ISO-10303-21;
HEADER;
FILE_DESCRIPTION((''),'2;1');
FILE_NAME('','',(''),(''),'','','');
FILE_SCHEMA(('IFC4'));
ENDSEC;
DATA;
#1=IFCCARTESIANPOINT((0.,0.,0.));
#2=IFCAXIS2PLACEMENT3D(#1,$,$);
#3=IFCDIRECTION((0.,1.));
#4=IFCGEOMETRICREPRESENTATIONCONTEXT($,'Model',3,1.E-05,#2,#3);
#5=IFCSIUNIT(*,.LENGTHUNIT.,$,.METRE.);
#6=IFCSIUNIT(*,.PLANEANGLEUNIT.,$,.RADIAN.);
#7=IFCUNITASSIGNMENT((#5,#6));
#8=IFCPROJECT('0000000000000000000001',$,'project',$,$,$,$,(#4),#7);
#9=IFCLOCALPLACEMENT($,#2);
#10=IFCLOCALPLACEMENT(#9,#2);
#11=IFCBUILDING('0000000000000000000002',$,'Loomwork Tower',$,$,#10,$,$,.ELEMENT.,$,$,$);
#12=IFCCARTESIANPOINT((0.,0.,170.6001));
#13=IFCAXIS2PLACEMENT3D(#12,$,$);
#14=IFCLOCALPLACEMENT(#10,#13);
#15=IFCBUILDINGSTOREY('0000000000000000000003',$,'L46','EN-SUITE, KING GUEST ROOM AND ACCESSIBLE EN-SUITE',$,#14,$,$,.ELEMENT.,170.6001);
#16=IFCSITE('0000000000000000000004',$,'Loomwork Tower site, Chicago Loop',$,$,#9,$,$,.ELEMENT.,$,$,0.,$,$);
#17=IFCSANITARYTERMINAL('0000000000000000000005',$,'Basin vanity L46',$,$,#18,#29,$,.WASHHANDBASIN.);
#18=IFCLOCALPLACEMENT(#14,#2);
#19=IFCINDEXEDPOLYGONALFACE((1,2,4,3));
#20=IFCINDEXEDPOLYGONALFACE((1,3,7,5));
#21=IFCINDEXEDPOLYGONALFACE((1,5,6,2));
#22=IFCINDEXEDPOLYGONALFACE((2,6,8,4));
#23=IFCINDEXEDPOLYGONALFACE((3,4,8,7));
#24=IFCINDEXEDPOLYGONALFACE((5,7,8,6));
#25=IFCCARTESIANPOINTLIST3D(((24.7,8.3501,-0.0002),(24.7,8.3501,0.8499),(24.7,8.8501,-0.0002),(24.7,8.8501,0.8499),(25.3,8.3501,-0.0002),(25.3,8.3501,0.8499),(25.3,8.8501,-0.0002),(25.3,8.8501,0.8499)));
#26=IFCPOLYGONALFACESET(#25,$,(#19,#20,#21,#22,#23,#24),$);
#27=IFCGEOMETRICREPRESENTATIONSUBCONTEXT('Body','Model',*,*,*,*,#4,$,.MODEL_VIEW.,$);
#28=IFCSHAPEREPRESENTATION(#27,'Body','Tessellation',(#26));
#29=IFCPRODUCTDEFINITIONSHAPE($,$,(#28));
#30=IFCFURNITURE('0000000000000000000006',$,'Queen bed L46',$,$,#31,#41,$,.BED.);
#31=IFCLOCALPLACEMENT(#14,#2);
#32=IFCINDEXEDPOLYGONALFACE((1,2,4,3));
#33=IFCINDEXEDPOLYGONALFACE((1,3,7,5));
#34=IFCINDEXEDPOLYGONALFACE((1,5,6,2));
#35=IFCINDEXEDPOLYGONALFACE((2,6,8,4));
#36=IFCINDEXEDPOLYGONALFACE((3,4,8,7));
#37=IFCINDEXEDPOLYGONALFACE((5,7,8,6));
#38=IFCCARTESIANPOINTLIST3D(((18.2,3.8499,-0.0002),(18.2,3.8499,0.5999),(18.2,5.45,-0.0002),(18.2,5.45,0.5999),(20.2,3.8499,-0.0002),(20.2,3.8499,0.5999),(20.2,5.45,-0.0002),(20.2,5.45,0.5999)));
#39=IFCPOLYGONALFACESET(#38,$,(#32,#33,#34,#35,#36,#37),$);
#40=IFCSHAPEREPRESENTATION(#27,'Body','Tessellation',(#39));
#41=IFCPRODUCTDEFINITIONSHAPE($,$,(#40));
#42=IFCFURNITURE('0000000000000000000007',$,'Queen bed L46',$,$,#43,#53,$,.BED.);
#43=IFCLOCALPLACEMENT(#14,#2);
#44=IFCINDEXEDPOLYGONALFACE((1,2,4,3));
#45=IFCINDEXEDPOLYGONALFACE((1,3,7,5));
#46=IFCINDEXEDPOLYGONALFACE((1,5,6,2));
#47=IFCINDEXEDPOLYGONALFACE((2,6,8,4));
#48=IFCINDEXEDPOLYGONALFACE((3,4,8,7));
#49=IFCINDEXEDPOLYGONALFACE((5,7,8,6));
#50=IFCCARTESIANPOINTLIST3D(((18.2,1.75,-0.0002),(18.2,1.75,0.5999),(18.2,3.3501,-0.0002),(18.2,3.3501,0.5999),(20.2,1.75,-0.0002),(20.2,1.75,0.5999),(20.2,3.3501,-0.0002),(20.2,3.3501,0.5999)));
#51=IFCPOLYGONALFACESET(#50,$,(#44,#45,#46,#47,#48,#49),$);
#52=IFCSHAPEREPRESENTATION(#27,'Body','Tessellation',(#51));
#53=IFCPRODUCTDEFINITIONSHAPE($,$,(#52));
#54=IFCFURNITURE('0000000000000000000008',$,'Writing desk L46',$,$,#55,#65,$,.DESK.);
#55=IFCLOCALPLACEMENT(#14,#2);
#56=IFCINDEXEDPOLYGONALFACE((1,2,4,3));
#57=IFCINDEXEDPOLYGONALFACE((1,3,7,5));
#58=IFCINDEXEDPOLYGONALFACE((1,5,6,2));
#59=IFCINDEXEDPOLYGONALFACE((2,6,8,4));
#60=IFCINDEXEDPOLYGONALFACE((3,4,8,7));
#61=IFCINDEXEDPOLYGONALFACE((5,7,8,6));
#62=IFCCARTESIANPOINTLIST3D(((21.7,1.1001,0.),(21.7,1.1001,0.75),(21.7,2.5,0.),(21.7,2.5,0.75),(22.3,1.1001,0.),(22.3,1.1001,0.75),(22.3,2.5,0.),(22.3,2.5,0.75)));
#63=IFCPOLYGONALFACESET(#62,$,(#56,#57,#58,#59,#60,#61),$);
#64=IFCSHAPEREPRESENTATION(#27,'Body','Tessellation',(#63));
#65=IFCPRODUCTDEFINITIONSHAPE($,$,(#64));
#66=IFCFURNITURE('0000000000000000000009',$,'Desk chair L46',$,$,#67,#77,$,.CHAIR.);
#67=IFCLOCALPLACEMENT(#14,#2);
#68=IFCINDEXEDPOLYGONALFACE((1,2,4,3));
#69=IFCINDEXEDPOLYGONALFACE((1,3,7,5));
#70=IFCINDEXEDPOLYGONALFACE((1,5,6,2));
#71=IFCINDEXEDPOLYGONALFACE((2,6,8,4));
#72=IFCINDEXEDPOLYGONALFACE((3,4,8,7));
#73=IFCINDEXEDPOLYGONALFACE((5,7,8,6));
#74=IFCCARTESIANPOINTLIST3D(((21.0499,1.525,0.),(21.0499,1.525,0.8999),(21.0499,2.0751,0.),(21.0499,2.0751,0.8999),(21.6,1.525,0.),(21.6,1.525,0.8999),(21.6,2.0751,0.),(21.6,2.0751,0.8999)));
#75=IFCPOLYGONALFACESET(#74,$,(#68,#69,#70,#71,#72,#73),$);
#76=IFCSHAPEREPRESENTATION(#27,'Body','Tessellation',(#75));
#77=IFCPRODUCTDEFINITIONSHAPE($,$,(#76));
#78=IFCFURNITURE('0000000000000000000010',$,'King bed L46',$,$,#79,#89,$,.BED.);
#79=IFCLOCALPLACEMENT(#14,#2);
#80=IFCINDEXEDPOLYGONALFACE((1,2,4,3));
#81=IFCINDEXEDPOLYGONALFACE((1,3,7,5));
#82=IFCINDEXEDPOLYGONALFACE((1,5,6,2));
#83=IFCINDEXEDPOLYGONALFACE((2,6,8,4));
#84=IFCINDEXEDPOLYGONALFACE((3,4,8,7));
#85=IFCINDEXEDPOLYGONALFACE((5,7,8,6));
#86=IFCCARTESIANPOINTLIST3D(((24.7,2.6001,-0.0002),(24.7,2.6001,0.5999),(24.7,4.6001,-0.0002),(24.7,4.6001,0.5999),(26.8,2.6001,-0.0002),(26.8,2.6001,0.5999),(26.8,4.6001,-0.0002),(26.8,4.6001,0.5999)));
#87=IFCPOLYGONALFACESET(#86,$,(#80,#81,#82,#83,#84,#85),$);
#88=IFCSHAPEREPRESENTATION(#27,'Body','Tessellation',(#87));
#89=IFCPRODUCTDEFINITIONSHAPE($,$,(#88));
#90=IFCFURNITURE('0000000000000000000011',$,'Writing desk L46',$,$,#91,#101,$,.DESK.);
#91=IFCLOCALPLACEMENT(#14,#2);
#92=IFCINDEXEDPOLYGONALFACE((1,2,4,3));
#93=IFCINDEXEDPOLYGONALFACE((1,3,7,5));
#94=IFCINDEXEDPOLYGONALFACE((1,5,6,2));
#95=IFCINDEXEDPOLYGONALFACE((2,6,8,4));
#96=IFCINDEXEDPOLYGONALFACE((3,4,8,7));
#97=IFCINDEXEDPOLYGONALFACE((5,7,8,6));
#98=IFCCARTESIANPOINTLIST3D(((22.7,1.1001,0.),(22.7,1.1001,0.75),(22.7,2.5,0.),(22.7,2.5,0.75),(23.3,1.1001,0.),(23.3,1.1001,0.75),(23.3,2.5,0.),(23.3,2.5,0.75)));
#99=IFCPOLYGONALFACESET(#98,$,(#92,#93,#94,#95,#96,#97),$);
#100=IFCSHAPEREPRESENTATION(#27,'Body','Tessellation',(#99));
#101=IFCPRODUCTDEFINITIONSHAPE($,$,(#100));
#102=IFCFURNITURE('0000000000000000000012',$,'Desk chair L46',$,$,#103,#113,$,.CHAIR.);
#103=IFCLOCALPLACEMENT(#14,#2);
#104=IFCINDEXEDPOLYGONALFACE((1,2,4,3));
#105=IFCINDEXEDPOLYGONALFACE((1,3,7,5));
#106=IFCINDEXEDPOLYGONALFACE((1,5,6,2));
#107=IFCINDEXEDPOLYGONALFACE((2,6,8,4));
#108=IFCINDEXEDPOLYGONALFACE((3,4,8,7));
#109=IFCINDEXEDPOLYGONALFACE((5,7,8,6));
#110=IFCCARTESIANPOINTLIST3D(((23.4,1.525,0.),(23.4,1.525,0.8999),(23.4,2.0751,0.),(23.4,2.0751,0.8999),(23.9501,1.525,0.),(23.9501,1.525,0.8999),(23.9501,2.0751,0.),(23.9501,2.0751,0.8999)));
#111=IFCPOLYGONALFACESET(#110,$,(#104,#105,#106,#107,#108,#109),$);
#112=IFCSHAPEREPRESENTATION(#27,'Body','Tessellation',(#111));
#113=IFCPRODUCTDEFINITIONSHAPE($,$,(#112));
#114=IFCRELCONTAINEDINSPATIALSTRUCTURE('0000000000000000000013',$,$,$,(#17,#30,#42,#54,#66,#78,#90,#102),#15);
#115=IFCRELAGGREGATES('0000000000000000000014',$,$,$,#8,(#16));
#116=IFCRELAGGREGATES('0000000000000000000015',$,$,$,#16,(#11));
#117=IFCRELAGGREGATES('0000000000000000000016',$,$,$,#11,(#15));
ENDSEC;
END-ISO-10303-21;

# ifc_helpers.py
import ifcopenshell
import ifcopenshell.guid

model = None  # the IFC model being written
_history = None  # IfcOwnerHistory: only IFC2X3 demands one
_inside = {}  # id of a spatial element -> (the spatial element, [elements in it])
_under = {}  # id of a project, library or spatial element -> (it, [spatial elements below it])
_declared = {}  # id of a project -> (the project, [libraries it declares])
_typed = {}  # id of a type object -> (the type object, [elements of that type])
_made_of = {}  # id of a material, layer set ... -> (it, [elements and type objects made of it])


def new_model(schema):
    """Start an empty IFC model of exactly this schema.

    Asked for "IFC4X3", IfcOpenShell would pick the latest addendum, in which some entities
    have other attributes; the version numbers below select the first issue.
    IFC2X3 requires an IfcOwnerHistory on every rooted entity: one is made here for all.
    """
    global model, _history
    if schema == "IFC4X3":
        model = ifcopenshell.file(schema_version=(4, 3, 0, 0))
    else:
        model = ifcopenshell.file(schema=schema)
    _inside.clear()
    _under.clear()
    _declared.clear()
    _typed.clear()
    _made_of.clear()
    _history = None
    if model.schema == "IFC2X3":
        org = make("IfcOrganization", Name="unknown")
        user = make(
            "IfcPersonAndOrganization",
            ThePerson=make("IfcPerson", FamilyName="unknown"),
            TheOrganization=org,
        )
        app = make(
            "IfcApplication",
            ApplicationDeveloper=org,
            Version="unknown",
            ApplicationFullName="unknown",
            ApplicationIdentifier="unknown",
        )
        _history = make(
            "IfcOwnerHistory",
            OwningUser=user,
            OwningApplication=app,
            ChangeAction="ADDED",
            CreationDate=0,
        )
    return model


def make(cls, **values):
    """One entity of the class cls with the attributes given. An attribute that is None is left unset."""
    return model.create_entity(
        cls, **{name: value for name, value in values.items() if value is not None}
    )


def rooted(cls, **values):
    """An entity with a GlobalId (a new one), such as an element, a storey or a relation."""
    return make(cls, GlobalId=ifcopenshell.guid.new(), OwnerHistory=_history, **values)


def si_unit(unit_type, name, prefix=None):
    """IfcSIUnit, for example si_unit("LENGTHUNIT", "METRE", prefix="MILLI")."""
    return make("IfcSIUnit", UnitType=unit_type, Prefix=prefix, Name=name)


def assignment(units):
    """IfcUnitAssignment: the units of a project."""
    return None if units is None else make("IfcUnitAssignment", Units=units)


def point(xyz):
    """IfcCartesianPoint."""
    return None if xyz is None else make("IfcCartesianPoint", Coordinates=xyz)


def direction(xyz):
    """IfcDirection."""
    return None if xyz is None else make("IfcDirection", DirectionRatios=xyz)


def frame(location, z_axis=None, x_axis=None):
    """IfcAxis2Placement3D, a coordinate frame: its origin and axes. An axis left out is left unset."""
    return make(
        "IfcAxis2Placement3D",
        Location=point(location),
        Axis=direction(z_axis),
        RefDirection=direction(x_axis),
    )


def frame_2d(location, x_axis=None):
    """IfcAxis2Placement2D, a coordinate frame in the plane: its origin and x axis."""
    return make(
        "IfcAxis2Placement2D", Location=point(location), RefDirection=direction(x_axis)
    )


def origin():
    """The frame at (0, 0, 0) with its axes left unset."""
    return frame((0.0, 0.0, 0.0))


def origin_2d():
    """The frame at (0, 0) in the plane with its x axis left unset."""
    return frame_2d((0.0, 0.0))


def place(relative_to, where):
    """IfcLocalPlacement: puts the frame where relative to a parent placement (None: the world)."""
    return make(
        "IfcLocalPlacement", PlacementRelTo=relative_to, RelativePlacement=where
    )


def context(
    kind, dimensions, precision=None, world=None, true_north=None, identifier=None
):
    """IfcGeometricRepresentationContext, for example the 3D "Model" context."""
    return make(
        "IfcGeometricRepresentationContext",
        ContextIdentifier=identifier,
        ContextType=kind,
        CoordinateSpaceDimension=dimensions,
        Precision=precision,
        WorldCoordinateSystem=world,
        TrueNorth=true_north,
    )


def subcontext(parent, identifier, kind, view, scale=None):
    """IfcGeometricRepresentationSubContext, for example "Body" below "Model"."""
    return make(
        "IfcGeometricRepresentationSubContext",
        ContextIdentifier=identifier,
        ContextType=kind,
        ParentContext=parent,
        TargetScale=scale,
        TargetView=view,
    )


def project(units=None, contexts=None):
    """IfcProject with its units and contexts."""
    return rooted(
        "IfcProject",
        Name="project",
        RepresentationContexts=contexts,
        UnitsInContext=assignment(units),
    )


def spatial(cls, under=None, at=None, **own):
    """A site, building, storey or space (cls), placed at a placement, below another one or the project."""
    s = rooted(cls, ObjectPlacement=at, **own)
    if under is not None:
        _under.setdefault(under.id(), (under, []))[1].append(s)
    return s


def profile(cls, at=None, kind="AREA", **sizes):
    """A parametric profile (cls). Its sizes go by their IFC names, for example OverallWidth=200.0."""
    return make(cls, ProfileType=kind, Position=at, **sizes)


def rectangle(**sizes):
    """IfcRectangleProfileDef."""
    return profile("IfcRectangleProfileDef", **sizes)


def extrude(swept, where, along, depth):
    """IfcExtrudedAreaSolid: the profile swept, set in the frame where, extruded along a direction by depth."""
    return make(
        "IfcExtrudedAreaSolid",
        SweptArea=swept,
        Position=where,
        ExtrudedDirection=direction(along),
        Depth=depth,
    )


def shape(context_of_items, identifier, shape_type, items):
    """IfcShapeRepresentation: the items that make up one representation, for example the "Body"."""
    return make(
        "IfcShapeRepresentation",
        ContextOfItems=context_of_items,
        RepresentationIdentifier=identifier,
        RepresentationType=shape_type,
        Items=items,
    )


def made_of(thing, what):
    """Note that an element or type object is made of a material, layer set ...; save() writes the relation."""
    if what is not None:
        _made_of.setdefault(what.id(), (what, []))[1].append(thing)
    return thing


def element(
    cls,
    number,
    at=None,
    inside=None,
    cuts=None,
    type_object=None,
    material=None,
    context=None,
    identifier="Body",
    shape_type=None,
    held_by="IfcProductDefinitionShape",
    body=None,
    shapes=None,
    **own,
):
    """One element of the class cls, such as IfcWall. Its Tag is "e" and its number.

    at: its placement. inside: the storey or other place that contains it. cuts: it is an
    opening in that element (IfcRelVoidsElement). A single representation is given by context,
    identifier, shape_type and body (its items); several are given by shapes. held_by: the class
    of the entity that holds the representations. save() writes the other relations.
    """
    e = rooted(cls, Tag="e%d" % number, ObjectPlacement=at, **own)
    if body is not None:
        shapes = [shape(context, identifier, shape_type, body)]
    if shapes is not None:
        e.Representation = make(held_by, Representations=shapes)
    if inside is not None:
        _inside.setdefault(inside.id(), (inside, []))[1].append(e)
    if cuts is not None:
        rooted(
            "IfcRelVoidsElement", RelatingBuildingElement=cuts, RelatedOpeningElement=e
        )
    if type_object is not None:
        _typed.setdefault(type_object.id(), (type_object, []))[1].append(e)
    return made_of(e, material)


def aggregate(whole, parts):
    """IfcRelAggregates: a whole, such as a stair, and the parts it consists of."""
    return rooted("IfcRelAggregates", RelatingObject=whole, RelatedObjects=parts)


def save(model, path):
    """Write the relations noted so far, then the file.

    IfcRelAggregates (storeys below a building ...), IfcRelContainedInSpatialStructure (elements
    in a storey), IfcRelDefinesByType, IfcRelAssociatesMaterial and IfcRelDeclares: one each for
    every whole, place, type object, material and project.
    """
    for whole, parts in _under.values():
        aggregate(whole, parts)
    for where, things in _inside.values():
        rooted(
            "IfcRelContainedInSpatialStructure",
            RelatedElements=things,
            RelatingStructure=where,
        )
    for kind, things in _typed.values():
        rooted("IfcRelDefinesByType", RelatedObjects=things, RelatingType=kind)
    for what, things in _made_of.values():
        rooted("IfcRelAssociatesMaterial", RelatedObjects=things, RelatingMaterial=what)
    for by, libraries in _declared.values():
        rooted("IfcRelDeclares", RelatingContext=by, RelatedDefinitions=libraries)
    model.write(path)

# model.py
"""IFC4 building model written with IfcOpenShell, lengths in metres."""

from ifc_helpers import new_model, si_unit, direction, frame, origin, origin_2d, place, context, subcontext, project, spatial, rectangle, extrude, element, save


model = new_model("IFC4")

# Units and contexts
model_context = context("Model", 3, precision=1e-05, world=origin(), true_north=direction((0.0, 1.0)))
body_context = subcontext(model_context, "Body", "Model", "MODEL_VIEW")
ifc_project = project(units=[si_unit("LENGTHUNIT", "METRE"), si_unit("PLANEANGLEUNIT", "RADIAN")], contexts=[model_context])

# Site, building, storey
site_placement = place(None, origin())
site = spatial("IfcSite", under=ifc_project, at=site_placement, Name="Loomwork Tower site, Chicago Loop", CompositionType="ELEMENT", RefElevation=0.0)
building_placement = place(site_placement, origin())
building = spatial("IfcBuilding", under=site, at=building_placement, Name="Loomwork Tower", CompositionType="ELEMENT")
storey_placement = place(building_placement, frame((0.0, 0.0, 170.6001)))
storey = spatial("IfcBuildingStorey", under=building, at=storey_placement, Name="L46", Description="EN-SUITE, KING GUEST ROOM AND ACCESSIBLE EN-SUITE", CompositionType="ELEMENT", Elevation=170.6001)

# Sanitary terminal
sanitary_terminal_1_placement = place(storey_placement, frame((25.0, 8.6001, -0.0002), z_axis=(0.0, 0.0, 1.0), x_axis=(1.0, 0.0, 0.0)))
element("IfcSanitaryTerminal", 1, at=sanitary_terminal_1_placement, inside=storey, Name="Basin vanity L46", PredefinedType="WASHHANDBASIN", context=body_context, shape_type="SweptSolid", body=[
    extrude(rectangle(XDim=0.6001, YDim=0.5, at=origin_2d()), origin(), (0.0, 0.0, 1.0), 0.8501),
])

# Furniture
for number, where, z_axis, x_axis, name in (
    (2, (19.2, 4.6499, -0.0002), (0.0, 0.0, 1.0), (1.0, 0.0, 0.0), "Queen bed L46"),
    (3, (19.2, 2.55, -0.0002), (0.0, 0.0, 1.0), (1.0, 0.0, 0.0), "Queen bed L46"),
):
    element("IfcFurniture", number, at=place(storey_placement, frame(where, z_axis=z_axis, x_axis=x_axis)), inside=storey, Name=name, PredefinedType="BED", context=body_context, shape_type="SweptSolid", body=[
        extrude(rectangle(XDim=2.0, YDim=1.6001, at=origin_2d()), origin(), (0.0, 0.0, 1.0), 0.6001),
    ])
furniture_1_placement = place(storey_placement, frame((22.0, 1.8, 0.0), z_axis=(0.0, 0.0, 1.0), x_axis=(1.0, 0.0, 0.0)))
element("IfcFurniture", 4, at=furniture_1_placement, inside=storey, Name="Writing desk L46", PredefinedType="DESK", context=body_context, shape_type="SweptSolid", body=[
    extrude(rectangle(XDim=0.6001, YDim=1.3999, at=origin_2d()), origin(), (0.0, 0.0, 1.0), 0.75),
])
furniture_2_placement = place(storey_placement, frame((21.325, 1.8, 0.0), z_axis=(0.0, 0.0, 1.0), x_axis=(1.0, 0.0, 0.0)))
element("IfcFurniture", 5, at=furniture_2_placement, inside=storey, Name="Desk chair L46", PredefinedType="CHAIR", context=body_context, shape_type="SweptSolid", body=[
    extrude(rectangle(XDim=0.55, YDim=0.55, at=origin_2d()), origin(), (0.0, 0.0, 1.0), 0.8999),
])
furniture_3_placement = place(storey_placement, frame((25.75, 3.6001, -0.0002), z_axis=(0.0, 0.0, 1.0), x_axis=(1.0, 0.0, 0.0)))
element("IfcFurniture", 6, at=furniture_3_placement, inside=storey, Name="King bed L46", PredefinedType="BED", context=body_context, shape_type="SweptSolid", body=[
    extrude(rectangle(XDim=2.1001, YDim=2.0, at=origin_2d()), origin(), (0.0, 0.0, 1.0), 0.6001),
])
furniture_4_placement = place(storey_placement, frame((23.0, 1.8, 0.0), z_axis=(0.0, 0.0, 1.0), x_axis=(1.0, 0.0, 0.0)))
element("IfcFurniture", 7, at=furniture_4_placement, inside=storey, Name="Writing desk L46", PredefinedType="DESK", context=body_context, shape_type="SweptSolid", body=[
    extrude(rectangle(XDim=0.6001, YDim=1.3999, at=origin_2d()), origin(), (0.0, 0.0, 1.0), 0.75),
])
furniture_5_placement = place(storey_placement, frame((23.675, 1.8, 0.0), z_axis=(0.0, 0.0, 1.0), x_axis=(1.0, 0.0, 0.0)))
element("IfcFurniture", 8, at=furniture_5_placement, inside=storey, Name="Desk chair L46", PredefinedType="CHAIR", context=body_context, shape_type="SweptSolid", body=[
    extrude(rectangle(XDim=0.55, YDim=0.55, at=origin_2d()), origin(), (0.0, 0.0, 1.0), 0.8999),
])

save(model, "model.ifc")
